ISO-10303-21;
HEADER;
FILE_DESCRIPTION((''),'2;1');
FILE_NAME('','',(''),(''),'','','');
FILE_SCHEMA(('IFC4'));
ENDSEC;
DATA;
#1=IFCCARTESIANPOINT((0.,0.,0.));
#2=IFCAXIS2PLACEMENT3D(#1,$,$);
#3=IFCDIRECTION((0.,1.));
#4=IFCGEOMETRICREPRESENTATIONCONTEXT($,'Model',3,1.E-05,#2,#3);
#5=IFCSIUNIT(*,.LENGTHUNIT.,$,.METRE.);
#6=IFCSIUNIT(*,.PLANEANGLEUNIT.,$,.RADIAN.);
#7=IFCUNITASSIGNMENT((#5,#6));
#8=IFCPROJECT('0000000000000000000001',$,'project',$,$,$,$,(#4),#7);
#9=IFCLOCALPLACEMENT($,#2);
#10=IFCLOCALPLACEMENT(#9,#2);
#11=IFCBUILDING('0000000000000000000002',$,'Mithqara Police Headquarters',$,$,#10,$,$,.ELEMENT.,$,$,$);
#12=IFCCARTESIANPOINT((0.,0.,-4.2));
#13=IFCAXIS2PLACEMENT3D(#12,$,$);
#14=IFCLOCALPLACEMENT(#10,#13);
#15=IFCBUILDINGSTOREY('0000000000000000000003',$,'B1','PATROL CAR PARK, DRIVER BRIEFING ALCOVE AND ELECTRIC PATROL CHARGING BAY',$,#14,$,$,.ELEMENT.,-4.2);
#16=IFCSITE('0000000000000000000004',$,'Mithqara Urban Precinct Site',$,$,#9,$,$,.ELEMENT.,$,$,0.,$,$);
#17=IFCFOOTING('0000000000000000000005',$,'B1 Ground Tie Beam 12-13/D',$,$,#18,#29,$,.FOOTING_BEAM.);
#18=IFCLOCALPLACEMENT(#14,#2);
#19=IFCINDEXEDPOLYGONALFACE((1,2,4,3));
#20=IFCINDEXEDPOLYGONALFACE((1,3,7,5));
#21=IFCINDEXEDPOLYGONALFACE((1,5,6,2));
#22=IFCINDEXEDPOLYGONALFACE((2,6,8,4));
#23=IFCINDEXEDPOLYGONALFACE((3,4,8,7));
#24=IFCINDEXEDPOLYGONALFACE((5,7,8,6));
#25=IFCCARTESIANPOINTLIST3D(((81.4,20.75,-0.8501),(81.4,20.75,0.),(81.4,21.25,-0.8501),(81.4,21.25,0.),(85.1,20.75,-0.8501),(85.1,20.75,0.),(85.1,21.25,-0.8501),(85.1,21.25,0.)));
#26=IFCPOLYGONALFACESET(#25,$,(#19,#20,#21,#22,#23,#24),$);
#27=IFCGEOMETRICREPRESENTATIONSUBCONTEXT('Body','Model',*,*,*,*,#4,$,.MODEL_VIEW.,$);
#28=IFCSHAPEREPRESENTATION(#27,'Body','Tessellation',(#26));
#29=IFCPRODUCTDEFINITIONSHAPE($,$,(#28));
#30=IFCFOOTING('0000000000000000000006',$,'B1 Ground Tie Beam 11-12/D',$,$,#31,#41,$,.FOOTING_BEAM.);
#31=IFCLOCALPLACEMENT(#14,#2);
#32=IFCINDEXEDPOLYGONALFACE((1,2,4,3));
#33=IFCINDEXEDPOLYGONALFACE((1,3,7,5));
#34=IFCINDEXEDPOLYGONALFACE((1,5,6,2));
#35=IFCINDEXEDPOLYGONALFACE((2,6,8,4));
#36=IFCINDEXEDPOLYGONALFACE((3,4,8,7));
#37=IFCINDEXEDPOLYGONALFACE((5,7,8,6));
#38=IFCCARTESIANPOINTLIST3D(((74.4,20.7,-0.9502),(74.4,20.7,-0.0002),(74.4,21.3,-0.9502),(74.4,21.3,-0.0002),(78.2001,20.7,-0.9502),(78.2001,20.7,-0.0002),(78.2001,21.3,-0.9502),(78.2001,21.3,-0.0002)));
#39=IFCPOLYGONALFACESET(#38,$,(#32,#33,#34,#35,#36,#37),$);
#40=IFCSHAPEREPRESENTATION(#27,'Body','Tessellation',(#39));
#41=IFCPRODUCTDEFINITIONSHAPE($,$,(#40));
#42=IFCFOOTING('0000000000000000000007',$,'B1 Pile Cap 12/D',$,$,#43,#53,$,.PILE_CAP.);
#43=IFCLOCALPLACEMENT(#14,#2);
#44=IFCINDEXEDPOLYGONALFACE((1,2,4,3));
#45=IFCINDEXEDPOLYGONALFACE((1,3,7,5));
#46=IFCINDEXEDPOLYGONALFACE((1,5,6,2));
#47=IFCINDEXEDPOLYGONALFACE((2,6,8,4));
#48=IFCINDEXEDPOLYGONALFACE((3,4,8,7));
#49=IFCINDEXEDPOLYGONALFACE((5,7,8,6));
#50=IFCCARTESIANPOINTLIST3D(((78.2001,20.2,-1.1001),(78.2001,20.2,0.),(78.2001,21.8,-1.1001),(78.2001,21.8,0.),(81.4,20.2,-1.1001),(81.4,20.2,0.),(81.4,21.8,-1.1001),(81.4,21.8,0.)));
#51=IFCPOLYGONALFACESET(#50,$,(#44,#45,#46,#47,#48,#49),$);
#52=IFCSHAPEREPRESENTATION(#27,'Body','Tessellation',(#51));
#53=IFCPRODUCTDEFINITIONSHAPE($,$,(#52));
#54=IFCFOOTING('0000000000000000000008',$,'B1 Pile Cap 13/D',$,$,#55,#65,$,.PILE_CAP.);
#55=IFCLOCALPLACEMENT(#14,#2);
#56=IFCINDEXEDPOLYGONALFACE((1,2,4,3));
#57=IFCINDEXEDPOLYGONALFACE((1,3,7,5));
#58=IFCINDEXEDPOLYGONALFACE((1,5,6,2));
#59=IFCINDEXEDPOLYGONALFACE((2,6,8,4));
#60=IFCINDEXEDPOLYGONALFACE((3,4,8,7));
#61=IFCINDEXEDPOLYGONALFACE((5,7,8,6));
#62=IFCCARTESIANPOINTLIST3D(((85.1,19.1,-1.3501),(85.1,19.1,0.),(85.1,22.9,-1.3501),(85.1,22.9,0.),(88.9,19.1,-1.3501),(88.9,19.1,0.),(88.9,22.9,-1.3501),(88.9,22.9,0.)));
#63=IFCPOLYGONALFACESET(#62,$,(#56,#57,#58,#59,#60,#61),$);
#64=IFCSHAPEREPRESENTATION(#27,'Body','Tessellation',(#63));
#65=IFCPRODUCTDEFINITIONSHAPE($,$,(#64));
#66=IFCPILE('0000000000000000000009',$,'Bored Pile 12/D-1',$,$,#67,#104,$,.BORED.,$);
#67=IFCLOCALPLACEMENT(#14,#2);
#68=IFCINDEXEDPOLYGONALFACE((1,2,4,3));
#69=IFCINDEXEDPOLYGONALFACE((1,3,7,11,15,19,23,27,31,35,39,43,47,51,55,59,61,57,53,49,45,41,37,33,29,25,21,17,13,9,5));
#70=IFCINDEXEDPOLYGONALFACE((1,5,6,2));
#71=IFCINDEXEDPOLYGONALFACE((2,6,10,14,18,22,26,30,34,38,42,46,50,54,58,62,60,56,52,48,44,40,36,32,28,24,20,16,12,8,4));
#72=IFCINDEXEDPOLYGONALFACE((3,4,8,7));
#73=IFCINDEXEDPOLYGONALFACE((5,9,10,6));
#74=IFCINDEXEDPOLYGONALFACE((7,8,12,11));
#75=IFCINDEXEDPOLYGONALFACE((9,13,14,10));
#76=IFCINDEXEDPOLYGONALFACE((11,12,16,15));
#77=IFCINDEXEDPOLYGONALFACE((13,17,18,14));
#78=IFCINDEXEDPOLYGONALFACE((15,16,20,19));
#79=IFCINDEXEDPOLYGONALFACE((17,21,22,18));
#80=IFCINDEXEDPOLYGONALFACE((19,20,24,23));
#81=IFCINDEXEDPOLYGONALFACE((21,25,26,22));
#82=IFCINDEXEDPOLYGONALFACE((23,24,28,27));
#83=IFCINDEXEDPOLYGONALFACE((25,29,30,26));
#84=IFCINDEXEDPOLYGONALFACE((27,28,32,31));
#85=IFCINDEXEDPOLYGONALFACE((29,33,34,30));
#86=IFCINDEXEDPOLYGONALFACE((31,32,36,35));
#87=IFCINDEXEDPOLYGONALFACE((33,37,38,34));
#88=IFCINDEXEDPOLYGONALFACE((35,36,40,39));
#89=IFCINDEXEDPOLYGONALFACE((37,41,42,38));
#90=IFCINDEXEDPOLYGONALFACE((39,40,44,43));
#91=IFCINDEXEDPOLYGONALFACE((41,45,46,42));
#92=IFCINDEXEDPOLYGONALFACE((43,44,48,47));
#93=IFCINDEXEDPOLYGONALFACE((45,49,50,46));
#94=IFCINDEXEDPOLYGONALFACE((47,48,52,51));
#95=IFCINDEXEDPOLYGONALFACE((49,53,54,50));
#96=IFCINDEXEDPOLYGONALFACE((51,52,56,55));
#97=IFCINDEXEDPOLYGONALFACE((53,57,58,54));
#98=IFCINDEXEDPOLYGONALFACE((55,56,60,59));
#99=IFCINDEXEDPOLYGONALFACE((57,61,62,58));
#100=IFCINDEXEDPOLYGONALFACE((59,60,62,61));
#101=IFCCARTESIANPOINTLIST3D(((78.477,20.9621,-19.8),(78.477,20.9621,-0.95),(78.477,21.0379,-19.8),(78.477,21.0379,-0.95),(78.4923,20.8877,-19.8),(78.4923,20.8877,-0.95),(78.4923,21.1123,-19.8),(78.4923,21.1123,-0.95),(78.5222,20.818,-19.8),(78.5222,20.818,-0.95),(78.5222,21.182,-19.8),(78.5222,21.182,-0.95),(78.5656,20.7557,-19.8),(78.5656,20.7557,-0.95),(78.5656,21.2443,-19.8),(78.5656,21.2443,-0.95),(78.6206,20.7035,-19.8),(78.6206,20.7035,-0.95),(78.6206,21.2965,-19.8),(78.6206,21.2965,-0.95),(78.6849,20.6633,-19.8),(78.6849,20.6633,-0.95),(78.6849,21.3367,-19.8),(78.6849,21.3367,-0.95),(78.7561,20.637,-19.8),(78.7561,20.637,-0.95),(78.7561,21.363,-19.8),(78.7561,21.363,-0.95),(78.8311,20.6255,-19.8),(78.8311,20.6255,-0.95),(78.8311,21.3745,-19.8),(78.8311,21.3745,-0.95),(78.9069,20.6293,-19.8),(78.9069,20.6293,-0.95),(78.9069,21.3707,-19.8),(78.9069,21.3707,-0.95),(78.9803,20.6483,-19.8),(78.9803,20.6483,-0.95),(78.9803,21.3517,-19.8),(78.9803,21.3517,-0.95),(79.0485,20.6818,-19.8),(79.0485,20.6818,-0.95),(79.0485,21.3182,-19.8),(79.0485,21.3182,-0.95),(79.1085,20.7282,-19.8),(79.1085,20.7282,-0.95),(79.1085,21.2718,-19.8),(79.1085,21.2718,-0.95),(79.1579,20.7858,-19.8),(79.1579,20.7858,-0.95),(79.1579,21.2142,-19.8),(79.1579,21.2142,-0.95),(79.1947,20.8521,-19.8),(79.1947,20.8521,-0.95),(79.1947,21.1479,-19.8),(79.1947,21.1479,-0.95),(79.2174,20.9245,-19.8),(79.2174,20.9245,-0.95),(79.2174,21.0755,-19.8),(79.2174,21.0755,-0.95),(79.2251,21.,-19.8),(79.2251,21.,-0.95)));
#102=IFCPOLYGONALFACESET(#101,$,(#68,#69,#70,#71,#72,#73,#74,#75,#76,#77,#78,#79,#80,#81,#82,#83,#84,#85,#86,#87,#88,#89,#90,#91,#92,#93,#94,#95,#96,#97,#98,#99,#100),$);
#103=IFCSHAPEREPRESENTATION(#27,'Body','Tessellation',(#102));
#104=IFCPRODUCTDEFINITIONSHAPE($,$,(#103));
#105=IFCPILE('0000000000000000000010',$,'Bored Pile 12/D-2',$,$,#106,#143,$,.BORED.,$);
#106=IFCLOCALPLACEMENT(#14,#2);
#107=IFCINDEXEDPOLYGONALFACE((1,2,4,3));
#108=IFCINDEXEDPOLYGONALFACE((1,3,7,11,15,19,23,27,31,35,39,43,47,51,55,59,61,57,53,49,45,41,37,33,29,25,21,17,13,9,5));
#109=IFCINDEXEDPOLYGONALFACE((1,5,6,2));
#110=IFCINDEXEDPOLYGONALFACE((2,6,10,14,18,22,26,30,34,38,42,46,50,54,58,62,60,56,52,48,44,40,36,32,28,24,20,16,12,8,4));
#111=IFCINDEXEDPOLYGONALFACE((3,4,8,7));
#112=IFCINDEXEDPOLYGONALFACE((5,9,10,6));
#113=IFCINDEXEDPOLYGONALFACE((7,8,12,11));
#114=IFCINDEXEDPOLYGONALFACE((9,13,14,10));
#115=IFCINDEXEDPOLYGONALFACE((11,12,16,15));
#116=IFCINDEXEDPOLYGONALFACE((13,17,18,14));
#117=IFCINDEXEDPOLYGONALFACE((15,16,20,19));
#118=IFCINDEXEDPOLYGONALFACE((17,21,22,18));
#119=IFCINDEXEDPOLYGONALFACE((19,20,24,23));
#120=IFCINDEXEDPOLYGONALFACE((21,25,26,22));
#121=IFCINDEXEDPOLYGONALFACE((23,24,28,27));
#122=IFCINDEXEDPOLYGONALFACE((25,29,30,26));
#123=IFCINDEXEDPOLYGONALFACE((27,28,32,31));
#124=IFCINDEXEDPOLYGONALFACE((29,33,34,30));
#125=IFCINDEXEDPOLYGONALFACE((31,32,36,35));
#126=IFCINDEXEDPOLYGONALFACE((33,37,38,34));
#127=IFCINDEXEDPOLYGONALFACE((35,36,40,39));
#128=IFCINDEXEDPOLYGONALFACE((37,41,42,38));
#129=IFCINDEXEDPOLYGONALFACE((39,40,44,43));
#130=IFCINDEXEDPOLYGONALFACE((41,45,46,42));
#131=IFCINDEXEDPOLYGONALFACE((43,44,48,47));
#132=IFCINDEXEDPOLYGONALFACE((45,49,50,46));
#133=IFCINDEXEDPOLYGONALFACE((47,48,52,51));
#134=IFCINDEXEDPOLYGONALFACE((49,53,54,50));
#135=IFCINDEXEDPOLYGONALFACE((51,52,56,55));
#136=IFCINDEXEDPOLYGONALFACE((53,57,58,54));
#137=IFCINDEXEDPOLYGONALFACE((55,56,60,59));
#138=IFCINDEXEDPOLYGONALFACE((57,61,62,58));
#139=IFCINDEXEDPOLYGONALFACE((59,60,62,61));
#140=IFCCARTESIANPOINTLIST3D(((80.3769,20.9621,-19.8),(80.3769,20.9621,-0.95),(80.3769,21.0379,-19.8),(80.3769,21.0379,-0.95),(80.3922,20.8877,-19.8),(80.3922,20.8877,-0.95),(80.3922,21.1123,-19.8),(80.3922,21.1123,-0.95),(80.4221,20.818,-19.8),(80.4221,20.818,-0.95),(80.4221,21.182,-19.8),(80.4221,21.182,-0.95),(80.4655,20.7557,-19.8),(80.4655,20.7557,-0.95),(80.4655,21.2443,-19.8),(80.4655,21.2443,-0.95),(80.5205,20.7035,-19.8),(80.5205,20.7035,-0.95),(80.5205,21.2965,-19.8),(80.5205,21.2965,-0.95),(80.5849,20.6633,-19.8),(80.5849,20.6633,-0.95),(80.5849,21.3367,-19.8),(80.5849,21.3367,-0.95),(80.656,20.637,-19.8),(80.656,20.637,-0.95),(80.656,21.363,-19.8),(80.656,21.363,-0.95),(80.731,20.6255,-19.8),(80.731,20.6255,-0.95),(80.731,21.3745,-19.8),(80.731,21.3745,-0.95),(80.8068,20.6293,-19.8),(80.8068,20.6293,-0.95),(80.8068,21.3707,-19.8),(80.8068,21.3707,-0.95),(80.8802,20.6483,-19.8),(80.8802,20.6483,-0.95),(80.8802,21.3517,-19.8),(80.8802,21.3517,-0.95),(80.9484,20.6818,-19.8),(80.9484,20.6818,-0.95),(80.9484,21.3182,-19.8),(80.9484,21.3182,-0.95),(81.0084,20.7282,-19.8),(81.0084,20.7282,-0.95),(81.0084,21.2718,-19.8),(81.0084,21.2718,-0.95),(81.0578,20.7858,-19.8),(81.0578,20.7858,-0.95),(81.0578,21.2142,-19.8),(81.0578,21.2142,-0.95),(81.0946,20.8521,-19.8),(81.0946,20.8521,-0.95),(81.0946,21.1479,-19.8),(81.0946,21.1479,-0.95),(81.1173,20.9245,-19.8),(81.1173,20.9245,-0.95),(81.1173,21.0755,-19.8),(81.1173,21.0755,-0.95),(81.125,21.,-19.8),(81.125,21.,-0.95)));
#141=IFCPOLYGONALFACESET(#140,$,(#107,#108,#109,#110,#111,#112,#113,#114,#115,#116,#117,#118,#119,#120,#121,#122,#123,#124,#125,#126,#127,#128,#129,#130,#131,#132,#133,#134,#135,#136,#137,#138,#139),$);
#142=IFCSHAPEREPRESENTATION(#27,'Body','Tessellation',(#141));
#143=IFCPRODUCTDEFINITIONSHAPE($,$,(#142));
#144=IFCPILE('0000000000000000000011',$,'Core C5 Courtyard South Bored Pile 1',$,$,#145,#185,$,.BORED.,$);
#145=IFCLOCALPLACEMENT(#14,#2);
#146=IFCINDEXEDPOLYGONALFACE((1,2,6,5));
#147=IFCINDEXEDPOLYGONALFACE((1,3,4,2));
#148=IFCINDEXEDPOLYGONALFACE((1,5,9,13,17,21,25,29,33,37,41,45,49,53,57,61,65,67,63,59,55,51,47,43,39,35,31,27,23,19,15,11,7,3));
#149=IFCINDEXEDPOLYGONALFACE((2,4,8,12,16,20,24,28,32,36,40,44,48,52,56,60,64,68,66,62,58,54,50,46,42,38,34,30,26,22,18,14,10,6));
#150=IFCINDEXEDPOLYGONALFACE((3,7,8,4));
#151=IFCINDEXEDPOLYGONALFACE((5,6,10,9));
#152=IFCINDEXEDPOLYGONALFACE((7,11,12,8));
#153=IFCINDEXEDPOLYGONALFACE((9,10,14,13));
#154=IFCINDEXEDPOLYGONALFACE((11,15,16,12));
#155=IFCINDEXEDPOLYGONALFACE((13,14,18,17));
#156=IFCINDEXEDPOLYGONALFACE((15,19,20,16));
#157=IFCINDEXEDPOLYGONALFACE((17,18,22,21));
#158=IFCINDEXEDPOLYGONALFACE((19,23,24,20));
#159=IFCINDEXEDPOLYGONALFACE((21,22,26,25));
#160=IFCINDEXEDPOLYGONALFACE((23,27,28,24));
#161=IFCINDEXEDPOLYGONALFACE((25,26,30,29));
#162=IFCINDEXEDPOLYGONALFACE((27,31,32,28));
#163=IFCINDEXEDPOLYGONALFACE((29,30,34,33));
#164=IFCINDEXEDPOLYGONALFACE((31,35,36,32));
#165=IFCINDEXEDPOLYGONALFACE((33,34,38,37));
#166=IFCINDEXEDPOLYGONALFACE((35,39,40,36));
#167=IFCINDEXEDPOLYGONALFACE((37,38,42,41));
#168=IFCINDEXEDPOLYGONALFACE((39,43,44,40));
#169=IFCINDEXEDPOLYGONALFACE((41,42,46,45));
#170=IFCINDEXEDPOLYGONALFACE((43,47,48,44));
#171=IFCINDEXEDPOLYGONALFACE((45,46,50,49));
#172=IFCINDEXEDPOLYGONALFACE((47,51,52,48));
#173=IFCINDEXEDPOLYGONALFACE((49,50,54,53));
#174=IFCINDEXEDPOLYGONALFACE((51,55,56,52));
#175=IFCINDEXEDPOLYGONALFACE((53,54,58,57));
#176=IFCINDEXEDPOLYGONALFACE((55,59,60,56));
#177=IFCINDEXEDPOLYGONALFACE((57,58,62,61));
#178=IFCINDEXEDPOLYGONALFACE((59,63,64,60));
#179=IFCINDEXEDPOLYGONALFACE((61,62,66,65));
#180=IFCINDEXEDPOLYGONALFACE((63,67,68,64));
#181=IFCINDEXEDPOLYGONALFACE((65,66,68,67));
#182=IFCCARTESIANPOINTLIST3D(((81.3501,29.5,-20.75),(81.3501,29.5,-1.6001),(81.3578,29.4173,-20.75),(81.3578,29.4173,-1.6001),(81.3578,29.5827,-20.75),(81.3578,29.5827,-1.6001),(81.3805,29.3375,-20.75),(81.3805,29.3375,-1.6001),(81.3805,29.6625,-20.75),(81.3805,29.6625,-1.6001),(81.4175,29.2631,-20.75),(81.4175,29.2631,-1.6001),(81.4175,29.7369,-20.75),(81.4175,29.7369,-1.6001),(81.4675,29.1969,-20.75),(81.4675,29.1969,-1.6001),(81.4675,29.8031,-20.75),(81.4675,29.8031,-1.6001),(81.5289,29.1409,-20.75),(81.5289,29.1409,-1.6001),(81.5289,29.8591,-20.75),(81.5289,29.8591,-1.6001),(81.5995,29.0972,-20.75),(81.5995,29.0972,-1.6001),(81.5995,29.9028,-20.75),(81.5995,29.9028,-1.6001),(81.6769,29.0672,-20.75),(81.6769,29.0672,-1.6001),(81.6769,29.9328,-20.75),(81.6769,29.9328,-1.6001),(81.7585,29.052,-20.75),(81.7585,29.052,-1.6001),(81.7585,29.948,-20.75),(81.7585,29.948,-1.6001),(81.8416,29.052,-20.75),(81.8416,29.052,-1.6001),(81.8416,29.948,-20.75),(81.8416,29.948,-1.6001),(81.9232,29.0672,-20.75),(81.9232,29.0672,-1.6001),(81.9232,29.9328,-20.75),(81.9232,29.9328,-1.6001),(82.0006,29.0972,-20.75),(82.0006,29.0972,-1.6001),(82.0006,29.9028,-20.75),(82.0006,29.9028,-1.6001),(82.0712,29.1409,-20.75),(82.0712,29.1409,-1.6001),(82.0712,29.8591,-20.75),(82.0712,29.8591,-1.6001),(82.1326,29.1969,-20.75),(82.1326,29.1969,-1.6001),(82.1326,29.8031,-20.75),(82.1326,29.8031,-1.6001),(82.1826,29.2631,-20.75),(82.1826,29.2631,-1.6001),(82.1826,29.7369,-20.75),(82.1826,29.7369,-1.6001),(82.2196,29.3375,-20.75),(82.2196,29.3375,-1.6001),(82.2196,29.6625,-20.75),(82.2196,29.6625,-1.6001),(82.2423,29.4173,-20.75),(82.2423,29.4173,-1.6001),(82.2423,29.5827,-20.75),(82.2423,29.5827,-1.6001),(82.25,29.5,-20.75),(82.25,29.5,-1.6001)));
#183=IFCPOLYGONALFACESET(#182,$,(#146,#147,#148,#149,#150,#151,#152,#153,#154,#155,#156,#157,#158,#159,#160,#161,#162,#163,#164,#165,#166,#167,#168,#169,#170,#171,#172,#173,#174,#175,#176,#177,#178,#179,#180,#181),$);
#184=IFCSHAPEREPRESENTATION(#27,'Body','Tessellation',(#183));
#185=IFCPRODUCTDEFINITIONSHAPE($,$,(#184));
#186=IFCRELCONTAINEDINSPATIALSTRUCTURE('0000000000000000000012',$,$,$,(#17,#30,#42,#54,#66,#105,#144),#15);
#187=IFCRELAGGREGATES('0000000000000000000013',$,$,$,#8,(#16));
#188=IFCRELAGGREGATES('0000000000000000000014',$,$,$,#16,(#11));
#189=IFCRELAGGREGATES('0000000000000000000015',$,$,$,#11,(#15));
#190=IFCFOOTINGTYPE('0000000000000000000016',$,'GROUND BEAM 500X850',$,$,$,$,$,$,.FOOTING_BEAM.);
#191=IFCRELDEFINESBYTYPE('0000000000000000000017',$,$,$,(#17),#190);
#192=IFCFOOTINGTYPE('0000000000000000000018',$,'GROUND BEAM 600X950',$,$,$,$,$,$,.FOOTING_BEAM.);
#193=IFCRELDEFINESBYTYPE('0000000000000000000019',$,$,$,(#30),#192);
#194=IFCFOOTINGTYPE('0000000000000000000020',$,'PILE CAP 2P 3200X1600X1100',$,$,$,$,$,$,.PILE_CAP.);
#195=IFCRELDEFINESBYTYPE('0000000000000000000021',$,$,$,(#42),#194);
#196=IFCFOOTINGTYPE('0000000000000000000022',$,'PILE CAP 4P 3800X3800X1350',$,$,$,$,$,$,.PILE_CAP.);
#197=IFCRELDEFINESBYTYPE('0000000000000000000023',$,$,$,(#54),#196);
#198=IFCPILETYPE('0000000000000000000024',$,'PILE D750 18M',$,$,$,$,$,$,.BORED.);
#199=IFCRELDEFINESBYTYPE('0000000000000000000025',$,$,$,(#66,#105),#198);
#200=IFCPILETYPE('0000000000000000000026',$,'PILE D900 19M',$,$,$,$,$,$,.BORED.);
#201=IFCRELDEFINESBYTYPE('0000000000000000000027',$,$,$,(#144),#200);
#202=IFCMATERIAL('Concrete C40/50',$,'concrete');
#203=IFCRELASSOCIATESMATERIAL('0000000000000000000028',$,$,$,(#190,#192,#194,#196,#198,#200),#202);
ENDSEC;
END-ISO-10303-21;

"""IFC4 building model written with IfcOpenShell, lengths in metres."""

from ifc_helpers import new_model, si_unit, direction, frame, origin, origin_2d, place, context, subcontext, project, spatial, rectangle, circle, extrude, material, material_profile, profile_set, type_object, element, save


model = new_model("IFC4")

# Units and contexts
model_context = context("Model", 3, precision=1e-05, world=origin(), true_north=direction((0.0, 1.0)))
body_context = subcontext(model_context, "Body", "Model", "MODEL_VIEW")
ifc_project = project(units=[si_unit("LENGTHUNIT", "METRE"), si_unit("PLANEANGLEUNIT", "RADIAN")], contexts=[model_context])

# Site, building, storey
site_placement = place(None, origin())
site = spatial("IfcSite", under=ifc_project, at=site_placement, Name="Mithqara Urban Precinct Site", CompositionType="ELEMENT", RefElevation=0.0)
building_placement = place(site_placement, origin())
building = spatial("IfcBuilding", under=site, at=building_placement, Name="Mithqara Police Headquarters", CompositionType="ELEMENT")
storey_placement = place(building_placement, frame((0.0, 0.0, -4.2)))
storey = spatial("IfcBuildingStorey", under=building, at=storey_placement, Name="B1", Description="PATROL CAR PARK, DRIVER BRIEFING ALCOVE AND ELECTRIC PATROL CHARGING BAY", CompositionType="ELEMENT", Elevation=-4.2)

# Footings
ifc_material_1 = material(Name="Concrete C40/50", Category="concrete")
footing_type_1 = type_object("IfcFootingType", Name="GROUND BEAM 500X850", PredefinedType="FOOTING_BEAM", material=ifc_material_1)
footing_1_placement = place(storey_placement, frame((83.25, 21.0, -0.8501), z_axis=(0.0, 0.0, 1.0), x_axis=(1.0, 0.0, 0.0)))
element("IfcFooting", 1, at=footing_1_placement, inside=storey, type_object=footing_type_1, Name="B1 Ground Tie Beam 12-13/D", PredefinedType="FOOTING_BEAM", context=body_context, shape_type="SweptSolid", body=[
    extrude(rectangle(XDim=3.7, YDim=0.5, at=origin_2d()), origin(), (0.0, 0.0, 1.0), 0.8501),
])
footing_type_2 = type_object("IfcFootingType", Name="GROUND BEAM 600X950", PredefinedType="FOOTING_BEAM", material=ifc_material_1)
footing_2_placement = place(storey_placement, frame((76.3, 21.0, -0.9502), z_axis=(0.0, 0.0, 1.0), x_axis=(1.0, 0.0, 0.0)))
element("IfcFooting", 2, at=footing_2_placement, inside=storey, type_object=footing_type_2, Name="B1 Ground Tie Beam 11-12/D", PredefinedType="FOOTING_BEAM", context=body_context, shape_type="SweptSolid", body=[
    extrude(rectangle(XDim=3.8, YDim=0.6001, at=origin_2d()), origin(), (0.0, 0.0, 1.0), 0.95),
])
footing_type_3 = type_object("IfcFootingType", Name="PILE CAP 2P 3200X1600X1100", PredefinedType="PILE_CAP", material=ifc_material_1)
footing_3_placement = place(storey_placement, frame((79.8, 21.0, -1.1001), z_axis=(0.0, 0.0, 1.0), x_axis=(1.0, 0.0, 0.0)))
element("IfcFooting", 3, at=footing_3_placement, inside=storey, type_object=footing_type_3, Name="B1 Pile Cap 12/D", PredefinedType="PILE_CAP", context=body_context, shape_type="SweptSolid", body=[
    extrude(rectangle(XDim=3.2, YDim=1.6001, at=origin_2d()), origin(), (0.0, 0.0, 1.0), 1.1001),
])
footing_type_4 = type_object("IfcFootingType", Name="PILE CAP 4P 3800X3800X1350", PredefinedType="PILE_CAP", material=ifc_material_1)
footing_4_placement = place(storey_placement, frame((87.0, 21.0, -1.3501), z_axis=(0.0, 0.0, 1.0), x_axis=(1.0, 0.0, 0.0)))
element("IfcFooting", 4, at=footing_4_placement, inside=storey, type_object=footing_type_4, Name="B1 Pile Cap 13/D", PredefinedType="PILE_CAP", context=body_context, shape_type="SweptSolid", body=[
    extrude(rectangle(XDim=3.8, YDim=3.8, at=origin_2d()), origin(), (0.0, 0.0, 1.0), 1.3501),
])

# Piles
ifc_material_profile_1 = material_profile(ifc_material_1, circle(Radius=0.375, at=origin_2d()), Name="PILE D750")
ifc_profile_set_1 = profile_set([ifc_material_profile_1], Name="Concrete C40/50")
pile_type_1 = type_object("IfcPileType", Name="PILE D750 18M", PredefinedType="BORED", material=ifc_profile_set_1)
for number, where, z_axis, x_axis, name in (
    (5, (78.8501, 21.0, -0.95), (0.0, 0.0, -1.0), (1.0, 0.0, 0.0), "Bored Pile 12/D-1"),
    (6, (80.75, 21.0, -0.95), (0.0, 0.0, -1.0), (1.0, 0.0, 0.0), "Bored Pile 12/D-2"),
):
    element("IfcPile", number, at=place(storey_placement, frame(where, z_axis=z_axis, x_axis=x_axis)), inside=storey, type_object=pile_type_1, Name=name, PredefinedType="BORED", context=body_context, shape_type="SweptSolid", body=[
        extrude(circle(Radius=0.375, at=origin_2d()), origin(), (0.0, 0.0, 1.0), 18.8501),
    ])
ifc_material_profile_2 = material_profile(ifc_material_1, circle(Radius=0.45, at=origin_2d()), Name="PILE D900")
ifc_profile_set_2 = profile_set([ifc_material_profile_2], Name="Concrete C40/50")
pile_type_2 = type_object("IfcPileType", Name="PILE D900 19M", PredefinedType="BORED", material=ifc_profile_set_2)
for number, where, z_axis, x_axis, name in (
    (7, (81.8, 29.5, -1.6001), (0.0, 0.0, -1.0), (1.0, 0.0, 0.0), "Core C5 Courtyard South Bored Pile 1"),
):
    element("IfcPile", number, at=place(storey_placement, frame(where, z_axis=z_axis, x_axis=x_axis)), inside=storey, type_object=pile_type_2, Name=name, PredefinedType="BORED", context=body_context, shape_type="SweptSolid", body=[
        extrude(circle(Radius=0.45, at=origin_2d()), origin(), (0.0, 0.0, 1.0), 19.1499),
    ])

save(model, "model.ifc")
